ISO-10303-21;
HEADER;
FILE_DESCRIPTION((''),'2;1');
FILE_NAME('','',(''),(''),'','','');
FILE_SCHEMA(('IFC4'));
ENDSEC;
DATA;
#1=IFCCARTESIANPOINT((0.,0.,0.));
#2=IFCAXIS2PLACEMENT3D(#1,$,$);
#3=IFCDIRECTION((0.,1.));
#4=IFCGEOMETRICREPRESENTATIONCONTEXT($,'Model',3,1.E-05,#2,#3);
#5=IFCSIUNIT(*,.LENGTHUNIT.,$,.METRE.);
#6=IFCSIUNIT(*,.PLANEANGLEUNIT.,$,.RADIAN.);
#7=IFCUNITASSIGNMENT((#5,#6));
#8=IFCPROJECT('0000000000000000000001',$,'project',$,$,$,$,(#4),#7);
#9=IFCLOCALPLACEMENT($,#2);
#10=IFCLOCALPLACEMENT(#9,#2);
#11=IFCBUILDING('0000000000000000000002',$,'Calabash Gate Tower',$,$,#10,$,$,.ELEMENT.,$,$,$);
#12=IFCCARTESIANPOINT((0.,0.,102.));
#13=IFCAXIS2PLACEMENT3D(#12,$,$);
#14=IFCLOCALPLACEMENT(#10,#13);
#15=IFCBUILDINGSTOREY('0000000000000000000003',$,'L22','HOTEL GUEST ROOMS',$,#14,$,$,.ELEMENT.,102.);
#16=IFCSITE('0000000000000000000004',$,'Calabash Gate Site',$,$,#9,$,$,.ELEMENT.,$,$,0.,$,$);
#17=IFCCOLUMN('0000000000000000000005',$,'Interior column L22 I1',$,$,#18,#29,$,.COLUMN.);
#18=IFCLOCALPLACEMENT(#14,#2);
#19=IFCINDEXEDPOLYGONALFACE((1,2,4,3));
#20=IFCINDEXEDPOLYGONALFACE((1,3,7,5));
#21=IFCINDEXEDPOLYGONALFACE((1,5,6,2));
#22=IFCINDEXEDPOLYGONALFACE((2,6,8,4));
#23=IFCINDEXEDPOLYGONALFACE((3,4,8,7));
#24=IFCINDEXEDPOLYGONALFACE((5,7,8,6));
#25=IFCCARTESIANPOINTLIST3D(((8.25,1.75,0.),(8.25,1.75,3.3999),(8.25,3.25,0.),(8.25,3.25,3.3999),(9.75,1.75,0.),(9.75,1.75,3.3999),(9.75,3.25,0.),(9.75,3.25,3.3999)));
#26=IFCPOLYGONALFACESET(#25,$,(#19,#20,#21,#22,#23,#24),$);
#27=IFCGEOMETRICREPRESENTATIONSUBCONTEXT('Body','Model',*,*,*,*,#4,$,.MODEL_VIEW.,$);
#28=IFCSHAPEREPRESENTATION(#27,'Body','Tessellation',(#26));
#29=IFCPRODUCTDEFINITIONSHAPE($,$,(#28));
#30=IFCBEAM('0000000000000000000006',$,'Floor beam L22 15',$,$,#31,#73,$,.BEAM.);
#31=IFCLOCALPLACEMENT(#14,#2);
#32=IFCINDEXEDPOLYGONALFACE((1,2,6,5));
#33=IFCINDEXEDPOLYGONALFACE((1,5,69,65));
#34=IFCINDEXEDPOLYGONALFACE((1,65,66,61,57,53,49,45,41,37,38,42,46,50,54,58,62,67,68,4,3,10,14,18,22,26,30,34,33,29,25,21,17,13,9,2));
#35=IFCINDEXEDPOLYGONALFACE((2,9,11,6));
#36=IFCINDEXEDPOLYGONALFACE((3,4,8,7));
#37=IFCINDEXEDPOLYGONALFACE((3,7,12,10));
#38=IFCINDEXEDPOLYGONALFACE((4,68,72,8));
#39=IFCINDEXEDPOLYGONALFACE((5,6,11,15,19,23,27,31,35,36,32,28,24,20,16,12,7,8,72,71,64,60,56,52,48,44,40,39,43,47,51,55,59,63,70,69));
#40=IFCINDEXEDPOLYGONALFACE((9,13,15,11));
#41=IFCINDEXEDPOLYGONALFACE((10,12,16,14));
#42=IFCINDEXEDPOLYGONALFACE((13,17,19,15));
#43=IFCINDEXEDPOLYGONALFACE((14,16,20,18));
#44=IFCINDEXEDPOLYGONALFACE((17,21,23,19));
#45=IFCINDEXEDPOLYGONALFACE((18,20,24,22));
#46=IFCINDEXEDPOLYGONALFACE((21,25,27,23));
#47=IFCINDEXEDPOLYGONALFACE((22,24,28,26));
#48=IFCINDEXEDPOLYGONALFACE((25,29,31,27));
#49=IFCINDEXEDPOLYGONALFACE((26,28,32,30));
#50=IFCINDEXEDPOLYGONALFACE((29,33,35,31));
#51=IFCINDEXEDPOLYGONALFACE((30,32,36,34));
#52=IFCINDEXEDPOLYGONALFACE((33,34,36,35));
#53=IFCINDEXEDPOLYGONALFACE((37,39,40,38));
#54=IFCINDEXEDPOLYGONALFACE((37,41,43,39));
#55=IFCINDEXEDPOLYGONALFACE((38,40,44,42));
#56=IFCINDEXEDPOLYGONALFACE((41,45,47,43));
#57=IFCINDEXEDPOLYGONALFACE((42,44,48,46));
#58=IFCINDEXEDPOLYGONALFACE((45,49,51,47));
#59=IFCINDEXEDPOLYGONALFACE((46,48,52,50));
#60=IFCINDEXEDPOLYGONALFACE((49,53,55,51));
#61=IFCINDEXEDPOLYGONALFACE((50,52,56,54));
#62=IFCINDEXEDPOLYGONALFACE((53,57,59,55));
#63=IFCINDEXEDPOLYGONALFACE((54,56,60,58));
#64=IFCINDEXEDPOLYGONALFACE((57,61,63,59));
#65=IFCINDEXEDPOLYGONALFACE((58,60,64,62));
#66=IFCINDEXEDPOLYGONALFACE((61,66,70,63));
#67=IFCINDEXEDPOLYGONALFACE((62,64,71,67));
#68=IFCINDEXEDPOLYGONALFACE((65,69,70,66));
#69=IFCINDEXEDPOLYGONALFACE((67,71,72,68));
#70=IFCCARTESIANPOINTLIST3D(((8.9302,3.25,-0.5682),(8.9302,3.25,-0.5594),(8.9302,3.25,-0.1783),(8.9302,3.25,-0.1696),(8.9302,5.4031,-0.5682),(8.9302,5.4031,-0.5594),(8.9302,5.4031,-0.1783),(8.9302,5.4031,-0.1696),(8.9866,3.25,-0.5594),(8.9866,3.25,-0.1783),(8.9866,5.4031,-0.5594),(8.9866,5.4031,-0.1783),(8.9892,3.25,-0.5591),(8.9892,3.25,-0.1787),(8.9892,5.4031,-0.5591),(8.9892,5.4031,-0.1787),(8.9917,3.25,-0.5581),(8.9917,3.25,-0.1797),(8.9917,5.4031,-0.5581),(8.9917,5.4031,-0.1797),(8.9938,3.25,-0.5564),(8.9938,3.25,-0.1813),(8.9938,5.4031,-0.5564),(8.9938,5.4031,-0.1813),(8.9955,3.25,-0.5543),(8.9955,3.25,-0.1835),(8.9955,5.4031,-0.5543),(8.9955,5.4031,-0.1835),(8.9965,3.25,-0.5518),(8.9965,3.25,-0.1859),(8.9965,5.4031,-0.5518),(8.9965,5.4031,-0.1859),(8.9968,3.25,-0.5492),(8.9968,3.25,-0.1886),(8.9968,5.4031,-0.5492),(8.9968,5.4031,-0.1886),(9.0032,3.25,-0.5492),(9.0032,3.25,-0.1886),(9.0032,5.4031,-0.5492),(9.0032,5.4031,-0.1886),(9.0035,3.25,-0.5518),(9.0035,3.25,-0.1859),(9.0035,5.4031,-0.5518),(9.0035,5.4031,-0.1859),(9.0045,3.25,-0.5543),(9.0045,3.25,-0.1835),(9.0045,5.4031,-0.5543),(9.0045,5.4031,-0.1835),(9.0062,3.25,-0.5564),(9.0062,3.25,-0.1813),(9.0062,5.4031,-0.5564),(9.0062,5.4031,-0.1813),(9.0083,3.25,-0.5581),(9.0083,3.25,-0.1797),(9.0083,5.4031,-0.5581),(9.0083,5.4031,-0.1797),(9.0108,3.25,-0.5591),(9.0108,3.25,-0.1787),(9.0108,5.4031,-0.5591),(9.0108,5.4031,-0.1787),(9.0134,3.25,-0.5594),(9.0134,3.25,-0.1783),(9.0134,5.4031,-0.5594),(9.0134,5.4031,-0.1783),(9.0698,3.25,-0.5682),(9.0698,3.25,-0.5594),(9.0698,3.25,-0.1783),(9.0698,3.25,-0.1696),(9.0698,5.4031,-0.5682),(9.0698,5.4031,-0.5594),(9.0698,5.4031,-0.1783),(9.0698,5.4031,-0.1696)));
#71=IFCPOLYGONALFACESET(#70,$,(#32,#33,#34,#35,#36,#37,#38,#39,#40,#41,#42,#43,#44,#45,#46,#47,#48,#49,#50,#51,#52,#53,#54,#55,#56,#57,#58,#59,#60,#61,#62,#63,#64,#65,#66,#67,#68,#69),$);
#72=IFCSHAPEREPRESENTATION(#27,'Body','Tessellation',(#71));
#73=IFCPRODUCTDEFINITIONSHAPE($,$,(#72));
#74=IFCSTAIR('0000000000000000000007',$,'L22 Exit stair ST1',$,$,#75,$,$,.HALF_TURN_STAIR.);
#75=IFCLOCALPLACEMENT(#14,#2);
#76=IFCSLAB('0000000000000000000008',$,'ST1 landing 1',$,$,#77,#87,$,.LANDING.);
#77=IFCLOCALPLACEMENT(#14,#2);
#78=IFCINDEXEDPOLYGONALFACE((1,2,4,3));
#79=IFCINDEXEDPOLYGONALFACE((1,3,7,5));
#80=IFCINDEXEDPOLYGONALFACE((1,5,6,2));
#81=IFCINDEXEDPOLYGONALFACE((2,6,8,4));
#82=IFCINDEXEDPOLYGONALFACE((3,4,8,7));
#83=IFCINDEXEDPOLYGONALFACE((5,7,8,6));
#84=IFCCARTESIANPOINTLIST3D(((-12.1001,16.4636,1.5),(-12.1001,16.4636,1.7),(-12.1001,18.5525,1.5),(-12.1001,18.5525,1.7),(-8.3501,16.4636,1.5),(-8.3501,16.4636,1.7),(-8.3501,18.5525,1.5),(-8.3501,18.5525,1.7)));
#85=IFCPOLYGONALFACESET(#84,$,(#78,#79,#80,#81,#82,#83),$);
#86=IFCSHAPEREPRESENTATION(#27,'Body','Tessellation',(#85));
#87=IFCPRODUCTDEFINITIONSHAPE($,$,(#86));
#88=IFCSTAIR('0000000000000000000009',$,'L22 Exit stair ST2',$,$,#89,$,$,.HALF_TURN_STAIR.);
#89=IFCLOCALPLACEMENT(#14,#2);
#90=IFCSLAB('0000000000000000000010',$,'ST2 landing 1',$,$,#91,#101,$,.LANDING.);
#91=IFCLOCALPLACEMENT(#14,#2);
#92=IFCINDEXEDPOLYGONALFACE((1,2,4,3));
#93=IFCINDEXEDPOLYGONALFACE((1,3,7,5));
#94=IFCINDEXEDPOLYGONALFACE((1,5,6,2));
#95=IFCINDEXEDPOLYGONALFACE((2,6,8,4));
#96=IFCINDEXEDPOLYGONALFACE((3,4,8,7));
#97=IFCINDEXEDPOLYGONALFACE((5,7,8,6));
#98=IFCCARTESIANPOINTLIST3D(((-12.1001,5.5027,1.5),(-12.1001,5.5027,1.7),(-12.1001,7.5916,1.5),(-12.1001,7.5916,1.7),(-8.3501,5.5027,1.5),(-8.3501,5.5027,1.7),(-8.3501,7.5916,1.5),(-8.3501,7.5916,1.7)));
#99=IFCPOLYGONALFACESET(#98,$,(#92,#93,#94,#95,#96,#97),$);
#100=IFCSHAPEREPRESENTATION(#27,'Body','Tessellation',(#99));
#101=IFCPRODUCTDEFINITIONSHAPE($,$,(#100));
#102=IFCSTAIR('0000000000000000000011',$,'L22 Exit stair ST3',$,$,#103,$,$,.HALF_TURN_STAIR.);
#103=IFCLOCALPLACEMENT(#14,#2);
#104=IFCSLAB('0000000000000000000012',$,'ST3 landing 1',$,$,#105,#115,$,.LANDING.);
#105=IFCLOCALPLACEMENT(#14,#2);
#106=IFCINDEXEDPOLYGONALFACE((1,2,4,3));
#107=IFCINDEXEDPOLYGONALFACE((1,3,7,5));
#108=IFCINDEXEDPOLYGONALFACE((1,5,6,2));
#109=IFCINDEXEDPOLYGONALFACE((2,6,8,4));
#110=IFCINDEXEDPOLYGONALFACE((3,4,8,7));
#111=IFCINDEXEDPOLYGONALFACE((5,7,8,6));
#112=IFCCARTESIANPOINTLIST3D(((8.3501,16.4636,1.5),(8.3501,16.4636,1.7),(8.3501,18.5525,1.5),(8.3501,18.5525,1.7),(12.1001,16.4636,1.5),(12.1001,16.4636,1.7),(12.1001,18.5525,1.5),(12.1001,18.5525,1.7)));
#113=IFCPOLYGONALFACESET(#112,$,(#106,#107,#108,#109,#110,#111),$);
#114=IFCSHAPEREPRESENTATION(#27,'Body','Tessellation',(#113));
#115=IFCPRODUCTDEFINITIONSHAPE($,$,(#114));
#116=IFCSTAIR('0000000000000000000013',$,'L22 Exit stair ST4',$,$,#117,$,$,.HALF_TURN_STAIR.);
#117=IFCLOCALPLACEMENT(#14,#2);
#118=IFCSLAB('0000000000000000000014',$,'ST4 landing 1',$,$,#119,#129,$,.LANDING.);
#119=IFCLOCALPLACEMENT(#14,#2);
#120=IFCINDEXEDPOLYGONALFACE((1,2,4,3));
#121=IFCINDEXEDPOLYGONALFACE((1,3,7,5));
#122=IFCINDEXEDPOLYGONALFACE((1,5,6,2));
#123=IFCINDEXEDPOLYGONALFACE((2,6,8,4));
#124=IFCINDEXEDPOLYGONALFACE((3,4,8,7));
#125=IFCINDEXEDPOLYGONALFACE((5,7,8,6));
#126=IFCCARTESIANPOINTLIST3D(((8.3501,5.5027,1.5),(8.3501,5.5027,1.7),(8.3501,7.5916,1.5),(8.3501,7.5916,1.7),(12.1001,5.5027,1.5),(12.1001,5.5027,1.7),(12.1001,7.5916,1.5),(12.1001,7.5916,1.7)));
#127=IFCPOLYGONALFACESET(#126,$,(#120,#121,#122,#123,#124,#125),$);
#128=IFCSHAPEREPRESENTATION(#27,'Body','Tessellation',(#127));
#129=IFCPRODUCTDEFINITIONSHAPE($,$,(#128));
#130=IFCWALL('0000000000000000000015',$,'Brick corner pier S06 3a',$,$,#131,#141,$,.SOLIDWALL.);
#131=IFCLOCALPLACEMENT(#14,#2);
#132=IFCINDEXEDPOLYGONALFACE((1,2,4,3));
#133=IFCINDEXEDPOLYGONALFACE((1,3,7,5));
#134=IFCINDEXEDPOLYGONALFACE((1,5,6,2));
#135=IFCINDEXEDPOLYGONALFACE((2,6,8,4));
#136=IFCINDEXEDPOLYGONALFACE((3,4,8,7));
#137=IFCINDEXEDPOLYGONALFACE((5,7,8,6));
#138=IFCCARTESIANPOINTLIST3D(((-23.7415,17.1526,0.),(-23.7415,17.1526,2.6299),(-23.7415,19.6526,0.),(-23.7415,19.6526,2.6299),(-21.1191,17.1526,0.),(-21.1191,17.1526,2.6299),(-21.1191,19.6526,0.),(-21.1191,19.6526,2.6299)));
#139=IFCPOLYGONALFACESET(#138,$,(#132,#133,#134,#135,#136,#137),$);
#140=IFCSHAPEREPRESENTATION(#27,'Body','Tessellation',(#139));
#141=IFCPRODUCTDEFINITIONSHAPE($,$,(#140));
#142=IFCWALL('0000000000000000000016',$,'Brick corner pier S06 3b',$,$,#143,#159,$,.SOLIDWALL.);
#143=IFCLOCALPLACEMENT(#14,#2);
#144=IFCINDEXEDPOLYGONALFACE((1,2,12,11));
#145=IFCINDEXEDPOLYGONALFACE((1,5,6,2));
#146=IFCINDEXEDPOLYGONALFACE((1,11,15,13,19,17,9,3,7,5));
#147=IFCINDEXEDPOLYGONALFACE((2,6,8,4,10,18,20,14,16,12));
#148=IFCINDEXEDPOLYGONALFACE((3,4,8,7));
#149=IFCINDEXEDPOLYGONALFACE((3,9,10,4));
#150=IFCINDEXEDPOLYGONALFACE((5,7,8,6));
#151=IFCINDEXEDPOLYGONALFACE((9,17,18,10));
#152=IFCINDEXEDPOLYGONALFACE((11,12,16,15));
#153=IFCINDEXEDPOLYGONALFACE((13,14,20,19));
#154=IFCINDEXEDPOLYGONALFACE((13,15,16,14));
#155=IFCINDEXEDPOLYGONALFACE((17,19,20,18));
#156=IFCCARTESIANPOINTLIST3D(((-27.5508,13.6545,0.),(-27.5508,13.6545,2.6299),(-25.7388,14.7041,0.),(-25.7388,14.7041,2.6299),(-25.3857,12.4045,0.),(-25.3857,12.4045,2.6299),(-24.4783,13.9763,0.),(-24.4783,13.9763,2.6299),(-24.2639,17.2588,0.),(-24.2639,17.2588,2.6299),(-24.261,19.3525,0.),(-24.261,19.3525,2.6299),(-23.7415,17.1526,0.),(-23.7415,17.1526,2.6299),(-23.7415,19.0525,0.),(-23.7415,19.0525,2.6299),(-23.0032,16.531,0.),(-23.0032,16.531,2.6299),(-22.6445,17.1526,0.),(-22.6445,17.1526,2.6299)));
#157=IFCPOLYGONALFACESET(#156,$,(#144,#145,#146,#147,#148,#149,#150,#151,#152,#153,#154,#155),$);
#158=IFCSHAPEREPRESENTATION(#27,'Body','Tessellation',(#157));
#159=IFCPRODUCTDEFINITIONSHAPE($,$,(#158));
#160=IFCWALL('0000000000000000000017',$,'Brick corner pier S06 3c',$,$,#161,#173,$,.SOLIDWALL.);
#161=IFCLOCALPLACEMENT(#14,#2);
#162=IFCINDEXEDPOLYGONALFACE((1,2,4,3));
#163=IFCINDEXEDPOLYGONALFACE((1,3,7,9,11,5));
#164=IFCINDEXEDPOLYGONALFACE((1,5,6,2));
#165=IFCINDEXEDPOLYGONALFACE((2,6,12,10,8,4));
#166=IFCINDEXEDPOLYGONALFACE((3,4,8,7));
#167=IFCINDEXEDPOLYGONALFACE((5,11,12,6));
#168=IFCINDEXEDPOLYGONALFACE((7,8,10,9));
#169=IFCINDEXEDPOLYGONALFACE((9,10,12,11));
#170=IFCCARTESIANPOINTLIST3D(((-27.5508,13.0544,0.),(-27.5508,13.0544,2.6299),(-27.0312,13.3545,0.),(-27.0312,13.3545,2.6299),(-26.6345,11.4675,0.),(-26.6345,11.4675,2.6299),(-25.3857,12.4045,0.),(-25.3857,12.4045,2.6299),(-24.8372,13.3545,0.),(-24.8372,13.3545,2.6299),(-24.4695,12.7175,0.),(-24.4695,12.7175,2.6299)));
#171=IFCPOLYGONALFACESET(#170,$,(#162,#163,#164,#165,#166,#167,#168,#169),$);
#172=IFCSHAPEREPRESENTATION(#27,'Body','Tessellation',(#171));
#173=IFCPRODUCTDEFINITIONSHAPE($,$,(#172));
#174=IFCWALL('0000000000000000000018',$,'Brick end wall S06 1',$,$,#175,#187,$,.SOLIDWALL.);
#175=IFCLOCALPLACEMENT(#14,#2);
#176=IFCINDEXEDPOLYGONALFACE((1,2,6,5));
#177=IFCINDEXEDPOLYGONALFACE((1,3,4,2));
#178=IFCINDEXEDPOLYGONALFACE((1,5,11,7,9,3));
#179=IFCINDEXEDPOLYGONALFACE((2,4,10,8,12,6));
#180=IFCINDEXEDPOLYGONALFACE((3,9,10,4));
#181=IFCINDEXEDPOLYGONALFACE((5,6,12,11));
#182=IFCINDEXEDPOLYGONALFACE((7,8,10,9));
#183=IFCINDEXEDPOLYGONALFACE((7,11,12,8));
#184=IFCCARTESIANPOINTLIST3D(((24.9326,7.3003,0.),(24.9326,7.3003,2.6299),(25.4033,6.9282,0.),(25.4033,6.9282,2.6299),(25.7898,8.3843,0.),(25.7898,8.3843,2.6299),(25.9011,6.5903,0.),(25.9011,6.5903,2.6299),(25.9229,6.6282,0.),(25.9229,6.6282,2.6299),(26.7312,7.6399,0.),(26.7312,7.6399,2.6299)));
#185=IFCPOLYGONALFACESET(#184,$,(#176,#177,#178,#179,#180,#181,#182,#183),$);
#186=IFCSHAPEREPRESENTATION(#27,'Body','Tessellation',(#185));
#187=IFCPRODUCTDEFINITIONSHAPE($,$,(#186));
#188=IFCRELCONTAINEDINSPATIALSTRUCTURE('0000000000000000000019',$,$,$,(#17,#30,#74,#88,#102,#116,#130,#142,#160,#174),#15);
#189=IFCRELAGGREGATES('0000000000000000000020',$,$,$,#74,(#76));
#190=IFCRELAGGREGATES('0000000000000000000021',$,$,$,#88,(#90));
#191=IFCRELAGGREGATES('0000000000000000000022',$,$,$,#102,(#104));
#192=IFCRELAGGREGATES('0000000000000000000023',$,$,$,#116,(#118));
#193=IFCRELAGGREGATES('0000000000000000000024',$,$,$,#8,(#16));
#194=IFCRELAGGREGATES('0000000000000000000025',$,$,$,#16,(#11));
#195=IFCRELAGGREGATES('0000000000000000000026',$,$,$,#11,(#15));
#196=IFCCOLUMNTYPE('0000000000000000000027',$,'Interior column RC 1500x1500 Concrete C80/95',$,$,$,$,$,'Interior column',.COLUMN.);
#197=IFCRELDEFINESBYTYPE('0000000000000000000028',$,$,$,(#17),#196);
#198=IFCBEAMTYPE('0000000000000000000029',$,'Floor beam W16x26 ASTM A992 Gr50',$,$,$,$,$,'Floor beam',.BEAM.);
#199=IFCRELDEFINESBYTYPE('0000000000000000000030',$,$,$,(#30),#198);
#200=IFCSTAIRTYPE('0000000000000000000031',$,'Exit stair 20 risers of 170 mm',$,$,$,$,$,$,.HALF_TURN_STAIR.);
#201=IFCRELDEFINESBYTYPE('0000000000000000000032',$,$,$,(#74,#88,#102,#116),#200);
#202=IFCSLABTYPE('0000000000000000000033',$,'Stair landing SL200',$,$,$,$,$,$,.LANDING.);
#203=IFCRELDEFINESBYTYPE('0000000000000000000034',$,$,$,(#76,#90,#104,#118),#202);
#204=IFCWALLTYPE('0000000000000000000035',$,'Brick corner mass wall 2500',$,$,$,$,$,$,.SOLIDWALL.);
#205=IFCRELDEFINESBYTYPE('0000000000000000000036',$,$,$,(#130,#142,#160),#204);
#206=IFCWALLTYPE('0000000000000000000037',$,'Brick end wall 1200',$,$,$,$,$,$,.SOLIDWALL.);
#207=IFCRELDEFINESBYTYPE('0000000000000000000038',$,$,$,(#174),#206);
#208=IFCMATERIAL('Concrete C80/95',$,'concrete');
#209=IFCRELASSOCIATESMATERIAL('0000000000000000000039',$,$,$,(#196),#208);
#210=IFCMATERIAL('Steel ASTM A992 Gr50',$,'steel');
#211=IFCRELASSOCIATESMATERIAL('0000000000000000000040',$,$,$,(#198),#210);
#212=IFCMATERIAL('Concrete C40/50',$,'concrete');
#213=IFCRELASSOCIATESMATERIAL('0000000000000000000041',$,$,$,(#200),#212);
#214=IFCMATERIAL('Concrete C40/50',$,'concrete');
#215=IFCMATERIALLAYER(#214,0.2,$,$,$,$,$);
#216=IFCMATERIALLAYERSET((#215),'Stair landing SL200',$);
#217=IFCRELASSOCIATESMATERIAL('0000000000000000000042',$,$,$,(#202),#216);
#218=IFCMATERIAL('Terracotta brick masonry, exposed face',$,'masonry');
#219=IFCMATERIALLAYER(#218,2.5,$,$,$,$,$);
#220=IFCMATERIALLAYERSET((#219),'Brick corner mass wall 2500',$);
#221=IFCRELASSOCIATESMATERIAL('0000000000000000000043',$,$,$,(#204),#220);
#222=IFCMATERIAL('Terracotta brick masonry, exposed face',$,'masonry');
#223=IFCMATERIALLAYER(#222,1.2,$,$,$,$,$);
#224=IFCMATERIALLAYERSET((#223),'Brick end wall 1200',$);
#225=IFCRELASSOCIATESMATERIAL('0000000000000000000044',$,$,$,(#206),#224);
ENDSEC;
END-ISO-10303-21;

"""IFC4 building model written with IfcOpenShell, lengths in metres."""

from ifc_helpers import new_model, si_unit, direction, frame, origin, origin_2d, place, context, subcontext, project, spatial, polyline, rectangle, i_section, outline, extrude, material, layer, layer_set, material_profile, profile_set, type_object, element, aggregate, save


model = new_model("IFC4")

# Units and contexts
model_context = context("Model", 3, precision=1e-05, world=origin(), true_north=direction((0.0, 1.0)))
body_context = subcontext(model_context, "Body", "Model", "MODEL_VIEW")
ifc_project = project(units=[si_unit("LENGTHUNIT", "METRE"), si_unit("PLANEANGLEUNIT", "RADIAN")], contexts=[model_context])

# Site, building, storey
site_placement = place(None, origin())
site = spatial("IfcSite", under=ifc_project, at=site_placement, Name="Calabash Gate Site", CompositionType="ELEMENT", RefElevation=0.0)
building_placement = place(site_placement, origin())
building = spatial("IfcBuilding", under=site, at=building_placement, Name="Calabash Gate Tower", CompositionType="ELEMENT")
storey_placement = place(building_placement, frame((0.0, 0.0, 102.0)))
storey = spatial("IfcBuildingStorey", under=building, at=storey_placement, Name="L22", Description="HOTEL GUEST ROOMS", CompositionType="ELEMENT", Elevation=102.0)

# Column
ifc_material_1 = material(Name="Concrete C80/95", Category="concrete")
ifc_material_profile_1 = material_profile(ifc_material_1, rectangle(XDim=1.5, YDim=1.5, at=origin_2d()))
ifc_profile_set_1 = profile_set([ifc_material_profile_1], Name="Concrete C80/95")
column_type = type_object("IfcColumnType", Name="Interior column RC 1500x1500 Concrete C80/95", ElementType="Interior column", PredefinedType="COLUMN", material=ifc_profile_set_1)
column_placement = place(storey_placement, frame((9.0, 2.5, 0.0), z_axis=(0.0, 0.0, 1.0), x_axis=(1.0, 0.0, 0.0)))
element("IfcColumn", 1, at=column_placement, inside=storey, type_object=column_type, Name="Interior column L22 I1", PredefinedType="COLUMN", context=body_context, shape_type="SweptSolid", body=[
    extrude(rectangle(XDim=1.5, YDim=1.5, at=origin_2d()), origin(), (0.0, 0.0, 1.0), 3.3999),
])

# Beam
ifc_material_2 = material(Name="Steel ASTM A992 Gr50", Category="steel")
ifc_material_profile_2 = material_profile(ifc_material_2, i_section(OverallWidth=0.1396, OverallDepth=0.3987, WebThickness=0.0063, FlangeThickness=0.0088, FilletRadius=0.0103, at=origin_2d()))
ifc_profile_set_2 = profile_set([ifc_material_profile_2], Name="Steel ASTM A992 Gr50")
beam_type = type_object("IfcBeamType", Name="Floor beam W16x26 ASTM A992 Gr50", ElementType="Floor beam", PredefinedType="BEAM", material=ifc_profile_set_2)
beam_placement = place(storey_placement, frame((9.0, 3.25, -0.3689), z_axis=(0.0, 1.0, 0.0), x_axis=(-1.0, 0.0, 0.0)))
element("IfcBeam", 2, at=beam_placement, inside=storey, type_object=beam_type, Name="Floor beam L22 15", PredefinedType="BEAM", context=body_context, shape_type="SweptSolid", body=[
    extrude(i_section(OverallWidth=0.1396, OverallDepth=0.3987, WebThickness=0.0063, FlangeThickness=0.0088, FilletRadius=0.0103, at=origin_2d()), origin(), (0.0, 0.0, 1.0), 2.1531),
])

# Stairs, slabs
ifc_material_3 = material(Name="Concrete C40/50", Category="concrete")
stair_type = type_object("IfcStairType", Name="Exit stair 20 risers of 170 mm", PredefinedType="HALF_TURN_STAIR", material=ifc_material_3)
stair_1_placement = place(storey_placement, origin())
stair_1 = element("IfcStair", 3, at=stair_1_placement, inside=storey, type_object=stair_type, Name="L22 Exit stair ST1", PredefinedType="HALF_TURN_STAIR")
ifc_material_4 = material(Name="Concrete C40/50", Category="concrete")
ifc_layer_1 = layer(ifc_material_4, 0.2)
ifc_layer_set_1 = layer_set([ifc_layer_1], Name="Stair landing SL200")
slab_type = type_object("IfcSlabType", Name="Stair landing SL200", PredefinedType="LANDING", material=ifc_layer_set_1)
slab_1_placement = place(storey_placement, frame((0.0, 0.0, 1.5)))
slab_1 = element("IfcSlab", 4, at=slab_1_placement, type_object=slab_type, Name="ST1 landing 1", PredefinedType="LANDING", context=body_context, shape_type="SweptSolid", body=[
    extrude(outline(polyline([(-8.3501, 16.4636), (-8.3501, 18.5525), (-12.1001, 18.5525), (-12.1001, 16.4636), (-8.3501, 16.4636)])), origin(), (0.0, 0.0, 1.0), 0.2),
])
aggregate(stair_1, [slab_1])
stair_2_placement = place(storey_placement, origin())
stair_2 = element("IfcStair", 5, at=stair_2_placement, inside=storey, type_object=stair_type, Name="L22 Exit stair ST2", PredefinedType="HALF_TURN_STAIR")
slab_2_placement = place(storey_placement, frame((0.0, 0.0, 1.5)))
slab_2 = element("IfcSlab", 6, at=slab_2_placement, type_object=slab_type, Name="ST2 landing 1", PredefinedType="LANDING", context=body_context, shape_type="SweptSolid", body=[
    extrude(outline(polyline([(-12.1001, 7.5916), (-12.1001, 5.5027), (-8.3501, 5.5027), (-8.3501, 7.5916), (-12.1001, 7.5916)])), origin(), (0.0, 0.0, 1.0), 0.2),
])
aggregate(stair_2, [slab_2])
stair_3_placement = place(storey_placement, origin())
stair_3 = element("IfcStair", 7, at=stair_3_placement, inside=storey, type_object=stair_type, Name="L22 Exit stair ST3", PredefinedType="HALF_TURN_STAIR")
slab_3_placement = place(storey_placement, frame((0.0, 0.0, 1.5)))
slab_3 = element("IfcSlab", 8, at=slab_3_placement, type_object=slab_type, Name="ST3 landing 1", PredefinedType="LANDING", context=body_context, shape_type="SweptSolid", body=[
    extrude(outline(polyline([(12.1001, 16.4636), (12.1001, 18.5525), (8.3501, 18.5525), (8.3501, 16.4636), (12.1001, 16.4636)])), origin(), (0.0, 0.0, 1.0), 0.2),
])
aggregate(stair_3, [slab_3])
stair_4_placement = place(storey_placement, origin())
stair_4 = element("IfcStair", 9, at=stair_4_placement, inside=storey, type_object=stair_type, Name="L22 Exit stair ST4", PredefinedType="HALF_TURN_STAIR")
slab_4_placement = place(storey_placement, frame((0.0, 0.0, 1.5)))
slab_4 = element("IfcSlab", 10, at=slab_4_placement, type_object=slab_type, Name="ST4 landing 1", PredefinedType="LANDING", context=body_context, shape_type="SweptSolid", body=[
    extrude(outline(polyline([(8.3501, 7.5916), (8.3501, 5.5027), (12.1001, 5.5027), (12.1001, 7.5916), (8.3501, 7.5916)])), origin(), (0.0, 0.0, 1.0), 0.2),
])
aggregate(stair_4, [slab_4])

# Walls
ifc_material_5 = material(Name="Terracotta brick masonry, exposed face", Category="masonry")
ifc_layer_2 = layer(ifc_material_5, 2.5)
ifc_layer_set_2 = layer_set([ifc_layer_2], Name="Brick corner mass wall 2500")
wall_type_1 = type_object("IfcWallType", Name="Brick corner mass wall 2500", PredefinedType="SOLIDWALL", material=ifc_layer_set_2)
wall_1_placement = place(storey_placement, origin())
element("IfcWall", 11, at=wall_1_placement, inside=storey, type_object=wall_type_1, Name="Brick corner pier S06 3a", PredefinedType="SOLIDWALL", context=body_context, shape_type="SweptSolid", body=[
    extrude(outline(polyline([(-23.7415, 17.1526), (-21.1191, 17.1526), (-21.1191, 19.6526), (-23.7415, 19.6526), (-23.7415, 17.1526)])), origin(), (0.0, 0.0, 1.0), 2.6299),
])
wall_2_placement = place(storey_placement, origin())
element("IfcWall", 12, at=wall_2_placement, inside=storey, type_object=wall_type_1, Name="Brick corner pier S06 3b", PredefinedType="SOLIDWALL", context=body_context, shape_type="SweptSolid", body=[
    extrude(outline(polyline([(-23.0032, 16.531), (-22.6445, 17.1526), (-23.7415, 17.1526), (-23.7415, 19.0525), (-24.261, 19.3525), (-27.5508, 13.6545), (-25.3857, 12.4045), (-24.4783, 13.9763), (-25.7388, 14.7041), (-24.2639, 17.2588), (-23.0032, 16.531)])), origin(), (0.0, 0.0, 1.0), 2.6299),
])
wall_3_placement = place(storey_placement, origin())
element("IfcWall", 13, at=wall_3_placement, inside=storey, type_object=wall_type_1, Name="Brick corner pier S06 3c", PredefinedType="SOLIDWALL", context=body_context, shape_type="SweptSolid", body=[
    extrude(outline(polyline([(-24.8372, 13.3545), (-25.3857, 12.4045), (-27.0312, 13.3545), (-27.5508, 13.0544), (-26.6345, 11.4675), (-24.4695, 12.7175), (-24.8372, 13.3545)])), origin(), (0.0, 0.0, 1.0), 2.6299),
])
ifc_material_6 = material(Name="Terracotta brick masonry, exposed face", Category="masonry")
ifc_layer_3 = layer(ifc_material_6, 1.2)
ifc_layer_set_3 = layer_set([ifc_layer_3], Name="Brick end wall 1200")
wall_type_2 = type_object("IfcWallType", Name="Brick end wall 1200", PredefinedType="SOLIDWALL", material=ifc_layer_set_3)
wall_4_placement = place(storey_placement, origin())
element("IfcWall", 14, at=wall_4_placement, inside=storey, type_object=wall_type_2, Name="Brick end wall S06 1", PredefinedType="SOLIDWALL", context=body_context, shape_type="SweptSolid", body=[
    extrude(outline(polyline([(25.7898, 8.3843), (24.9326, 7.3003), (25.4033, 6.9282), (25.9229, 6.6282), (25.9011, 6.5903), (26.7312, 7.6399), (25.7898, 8.3843)])), origin(), (0.0, 0.0, 1.0), 2.6299),
])

save(model, "model.ifc")
